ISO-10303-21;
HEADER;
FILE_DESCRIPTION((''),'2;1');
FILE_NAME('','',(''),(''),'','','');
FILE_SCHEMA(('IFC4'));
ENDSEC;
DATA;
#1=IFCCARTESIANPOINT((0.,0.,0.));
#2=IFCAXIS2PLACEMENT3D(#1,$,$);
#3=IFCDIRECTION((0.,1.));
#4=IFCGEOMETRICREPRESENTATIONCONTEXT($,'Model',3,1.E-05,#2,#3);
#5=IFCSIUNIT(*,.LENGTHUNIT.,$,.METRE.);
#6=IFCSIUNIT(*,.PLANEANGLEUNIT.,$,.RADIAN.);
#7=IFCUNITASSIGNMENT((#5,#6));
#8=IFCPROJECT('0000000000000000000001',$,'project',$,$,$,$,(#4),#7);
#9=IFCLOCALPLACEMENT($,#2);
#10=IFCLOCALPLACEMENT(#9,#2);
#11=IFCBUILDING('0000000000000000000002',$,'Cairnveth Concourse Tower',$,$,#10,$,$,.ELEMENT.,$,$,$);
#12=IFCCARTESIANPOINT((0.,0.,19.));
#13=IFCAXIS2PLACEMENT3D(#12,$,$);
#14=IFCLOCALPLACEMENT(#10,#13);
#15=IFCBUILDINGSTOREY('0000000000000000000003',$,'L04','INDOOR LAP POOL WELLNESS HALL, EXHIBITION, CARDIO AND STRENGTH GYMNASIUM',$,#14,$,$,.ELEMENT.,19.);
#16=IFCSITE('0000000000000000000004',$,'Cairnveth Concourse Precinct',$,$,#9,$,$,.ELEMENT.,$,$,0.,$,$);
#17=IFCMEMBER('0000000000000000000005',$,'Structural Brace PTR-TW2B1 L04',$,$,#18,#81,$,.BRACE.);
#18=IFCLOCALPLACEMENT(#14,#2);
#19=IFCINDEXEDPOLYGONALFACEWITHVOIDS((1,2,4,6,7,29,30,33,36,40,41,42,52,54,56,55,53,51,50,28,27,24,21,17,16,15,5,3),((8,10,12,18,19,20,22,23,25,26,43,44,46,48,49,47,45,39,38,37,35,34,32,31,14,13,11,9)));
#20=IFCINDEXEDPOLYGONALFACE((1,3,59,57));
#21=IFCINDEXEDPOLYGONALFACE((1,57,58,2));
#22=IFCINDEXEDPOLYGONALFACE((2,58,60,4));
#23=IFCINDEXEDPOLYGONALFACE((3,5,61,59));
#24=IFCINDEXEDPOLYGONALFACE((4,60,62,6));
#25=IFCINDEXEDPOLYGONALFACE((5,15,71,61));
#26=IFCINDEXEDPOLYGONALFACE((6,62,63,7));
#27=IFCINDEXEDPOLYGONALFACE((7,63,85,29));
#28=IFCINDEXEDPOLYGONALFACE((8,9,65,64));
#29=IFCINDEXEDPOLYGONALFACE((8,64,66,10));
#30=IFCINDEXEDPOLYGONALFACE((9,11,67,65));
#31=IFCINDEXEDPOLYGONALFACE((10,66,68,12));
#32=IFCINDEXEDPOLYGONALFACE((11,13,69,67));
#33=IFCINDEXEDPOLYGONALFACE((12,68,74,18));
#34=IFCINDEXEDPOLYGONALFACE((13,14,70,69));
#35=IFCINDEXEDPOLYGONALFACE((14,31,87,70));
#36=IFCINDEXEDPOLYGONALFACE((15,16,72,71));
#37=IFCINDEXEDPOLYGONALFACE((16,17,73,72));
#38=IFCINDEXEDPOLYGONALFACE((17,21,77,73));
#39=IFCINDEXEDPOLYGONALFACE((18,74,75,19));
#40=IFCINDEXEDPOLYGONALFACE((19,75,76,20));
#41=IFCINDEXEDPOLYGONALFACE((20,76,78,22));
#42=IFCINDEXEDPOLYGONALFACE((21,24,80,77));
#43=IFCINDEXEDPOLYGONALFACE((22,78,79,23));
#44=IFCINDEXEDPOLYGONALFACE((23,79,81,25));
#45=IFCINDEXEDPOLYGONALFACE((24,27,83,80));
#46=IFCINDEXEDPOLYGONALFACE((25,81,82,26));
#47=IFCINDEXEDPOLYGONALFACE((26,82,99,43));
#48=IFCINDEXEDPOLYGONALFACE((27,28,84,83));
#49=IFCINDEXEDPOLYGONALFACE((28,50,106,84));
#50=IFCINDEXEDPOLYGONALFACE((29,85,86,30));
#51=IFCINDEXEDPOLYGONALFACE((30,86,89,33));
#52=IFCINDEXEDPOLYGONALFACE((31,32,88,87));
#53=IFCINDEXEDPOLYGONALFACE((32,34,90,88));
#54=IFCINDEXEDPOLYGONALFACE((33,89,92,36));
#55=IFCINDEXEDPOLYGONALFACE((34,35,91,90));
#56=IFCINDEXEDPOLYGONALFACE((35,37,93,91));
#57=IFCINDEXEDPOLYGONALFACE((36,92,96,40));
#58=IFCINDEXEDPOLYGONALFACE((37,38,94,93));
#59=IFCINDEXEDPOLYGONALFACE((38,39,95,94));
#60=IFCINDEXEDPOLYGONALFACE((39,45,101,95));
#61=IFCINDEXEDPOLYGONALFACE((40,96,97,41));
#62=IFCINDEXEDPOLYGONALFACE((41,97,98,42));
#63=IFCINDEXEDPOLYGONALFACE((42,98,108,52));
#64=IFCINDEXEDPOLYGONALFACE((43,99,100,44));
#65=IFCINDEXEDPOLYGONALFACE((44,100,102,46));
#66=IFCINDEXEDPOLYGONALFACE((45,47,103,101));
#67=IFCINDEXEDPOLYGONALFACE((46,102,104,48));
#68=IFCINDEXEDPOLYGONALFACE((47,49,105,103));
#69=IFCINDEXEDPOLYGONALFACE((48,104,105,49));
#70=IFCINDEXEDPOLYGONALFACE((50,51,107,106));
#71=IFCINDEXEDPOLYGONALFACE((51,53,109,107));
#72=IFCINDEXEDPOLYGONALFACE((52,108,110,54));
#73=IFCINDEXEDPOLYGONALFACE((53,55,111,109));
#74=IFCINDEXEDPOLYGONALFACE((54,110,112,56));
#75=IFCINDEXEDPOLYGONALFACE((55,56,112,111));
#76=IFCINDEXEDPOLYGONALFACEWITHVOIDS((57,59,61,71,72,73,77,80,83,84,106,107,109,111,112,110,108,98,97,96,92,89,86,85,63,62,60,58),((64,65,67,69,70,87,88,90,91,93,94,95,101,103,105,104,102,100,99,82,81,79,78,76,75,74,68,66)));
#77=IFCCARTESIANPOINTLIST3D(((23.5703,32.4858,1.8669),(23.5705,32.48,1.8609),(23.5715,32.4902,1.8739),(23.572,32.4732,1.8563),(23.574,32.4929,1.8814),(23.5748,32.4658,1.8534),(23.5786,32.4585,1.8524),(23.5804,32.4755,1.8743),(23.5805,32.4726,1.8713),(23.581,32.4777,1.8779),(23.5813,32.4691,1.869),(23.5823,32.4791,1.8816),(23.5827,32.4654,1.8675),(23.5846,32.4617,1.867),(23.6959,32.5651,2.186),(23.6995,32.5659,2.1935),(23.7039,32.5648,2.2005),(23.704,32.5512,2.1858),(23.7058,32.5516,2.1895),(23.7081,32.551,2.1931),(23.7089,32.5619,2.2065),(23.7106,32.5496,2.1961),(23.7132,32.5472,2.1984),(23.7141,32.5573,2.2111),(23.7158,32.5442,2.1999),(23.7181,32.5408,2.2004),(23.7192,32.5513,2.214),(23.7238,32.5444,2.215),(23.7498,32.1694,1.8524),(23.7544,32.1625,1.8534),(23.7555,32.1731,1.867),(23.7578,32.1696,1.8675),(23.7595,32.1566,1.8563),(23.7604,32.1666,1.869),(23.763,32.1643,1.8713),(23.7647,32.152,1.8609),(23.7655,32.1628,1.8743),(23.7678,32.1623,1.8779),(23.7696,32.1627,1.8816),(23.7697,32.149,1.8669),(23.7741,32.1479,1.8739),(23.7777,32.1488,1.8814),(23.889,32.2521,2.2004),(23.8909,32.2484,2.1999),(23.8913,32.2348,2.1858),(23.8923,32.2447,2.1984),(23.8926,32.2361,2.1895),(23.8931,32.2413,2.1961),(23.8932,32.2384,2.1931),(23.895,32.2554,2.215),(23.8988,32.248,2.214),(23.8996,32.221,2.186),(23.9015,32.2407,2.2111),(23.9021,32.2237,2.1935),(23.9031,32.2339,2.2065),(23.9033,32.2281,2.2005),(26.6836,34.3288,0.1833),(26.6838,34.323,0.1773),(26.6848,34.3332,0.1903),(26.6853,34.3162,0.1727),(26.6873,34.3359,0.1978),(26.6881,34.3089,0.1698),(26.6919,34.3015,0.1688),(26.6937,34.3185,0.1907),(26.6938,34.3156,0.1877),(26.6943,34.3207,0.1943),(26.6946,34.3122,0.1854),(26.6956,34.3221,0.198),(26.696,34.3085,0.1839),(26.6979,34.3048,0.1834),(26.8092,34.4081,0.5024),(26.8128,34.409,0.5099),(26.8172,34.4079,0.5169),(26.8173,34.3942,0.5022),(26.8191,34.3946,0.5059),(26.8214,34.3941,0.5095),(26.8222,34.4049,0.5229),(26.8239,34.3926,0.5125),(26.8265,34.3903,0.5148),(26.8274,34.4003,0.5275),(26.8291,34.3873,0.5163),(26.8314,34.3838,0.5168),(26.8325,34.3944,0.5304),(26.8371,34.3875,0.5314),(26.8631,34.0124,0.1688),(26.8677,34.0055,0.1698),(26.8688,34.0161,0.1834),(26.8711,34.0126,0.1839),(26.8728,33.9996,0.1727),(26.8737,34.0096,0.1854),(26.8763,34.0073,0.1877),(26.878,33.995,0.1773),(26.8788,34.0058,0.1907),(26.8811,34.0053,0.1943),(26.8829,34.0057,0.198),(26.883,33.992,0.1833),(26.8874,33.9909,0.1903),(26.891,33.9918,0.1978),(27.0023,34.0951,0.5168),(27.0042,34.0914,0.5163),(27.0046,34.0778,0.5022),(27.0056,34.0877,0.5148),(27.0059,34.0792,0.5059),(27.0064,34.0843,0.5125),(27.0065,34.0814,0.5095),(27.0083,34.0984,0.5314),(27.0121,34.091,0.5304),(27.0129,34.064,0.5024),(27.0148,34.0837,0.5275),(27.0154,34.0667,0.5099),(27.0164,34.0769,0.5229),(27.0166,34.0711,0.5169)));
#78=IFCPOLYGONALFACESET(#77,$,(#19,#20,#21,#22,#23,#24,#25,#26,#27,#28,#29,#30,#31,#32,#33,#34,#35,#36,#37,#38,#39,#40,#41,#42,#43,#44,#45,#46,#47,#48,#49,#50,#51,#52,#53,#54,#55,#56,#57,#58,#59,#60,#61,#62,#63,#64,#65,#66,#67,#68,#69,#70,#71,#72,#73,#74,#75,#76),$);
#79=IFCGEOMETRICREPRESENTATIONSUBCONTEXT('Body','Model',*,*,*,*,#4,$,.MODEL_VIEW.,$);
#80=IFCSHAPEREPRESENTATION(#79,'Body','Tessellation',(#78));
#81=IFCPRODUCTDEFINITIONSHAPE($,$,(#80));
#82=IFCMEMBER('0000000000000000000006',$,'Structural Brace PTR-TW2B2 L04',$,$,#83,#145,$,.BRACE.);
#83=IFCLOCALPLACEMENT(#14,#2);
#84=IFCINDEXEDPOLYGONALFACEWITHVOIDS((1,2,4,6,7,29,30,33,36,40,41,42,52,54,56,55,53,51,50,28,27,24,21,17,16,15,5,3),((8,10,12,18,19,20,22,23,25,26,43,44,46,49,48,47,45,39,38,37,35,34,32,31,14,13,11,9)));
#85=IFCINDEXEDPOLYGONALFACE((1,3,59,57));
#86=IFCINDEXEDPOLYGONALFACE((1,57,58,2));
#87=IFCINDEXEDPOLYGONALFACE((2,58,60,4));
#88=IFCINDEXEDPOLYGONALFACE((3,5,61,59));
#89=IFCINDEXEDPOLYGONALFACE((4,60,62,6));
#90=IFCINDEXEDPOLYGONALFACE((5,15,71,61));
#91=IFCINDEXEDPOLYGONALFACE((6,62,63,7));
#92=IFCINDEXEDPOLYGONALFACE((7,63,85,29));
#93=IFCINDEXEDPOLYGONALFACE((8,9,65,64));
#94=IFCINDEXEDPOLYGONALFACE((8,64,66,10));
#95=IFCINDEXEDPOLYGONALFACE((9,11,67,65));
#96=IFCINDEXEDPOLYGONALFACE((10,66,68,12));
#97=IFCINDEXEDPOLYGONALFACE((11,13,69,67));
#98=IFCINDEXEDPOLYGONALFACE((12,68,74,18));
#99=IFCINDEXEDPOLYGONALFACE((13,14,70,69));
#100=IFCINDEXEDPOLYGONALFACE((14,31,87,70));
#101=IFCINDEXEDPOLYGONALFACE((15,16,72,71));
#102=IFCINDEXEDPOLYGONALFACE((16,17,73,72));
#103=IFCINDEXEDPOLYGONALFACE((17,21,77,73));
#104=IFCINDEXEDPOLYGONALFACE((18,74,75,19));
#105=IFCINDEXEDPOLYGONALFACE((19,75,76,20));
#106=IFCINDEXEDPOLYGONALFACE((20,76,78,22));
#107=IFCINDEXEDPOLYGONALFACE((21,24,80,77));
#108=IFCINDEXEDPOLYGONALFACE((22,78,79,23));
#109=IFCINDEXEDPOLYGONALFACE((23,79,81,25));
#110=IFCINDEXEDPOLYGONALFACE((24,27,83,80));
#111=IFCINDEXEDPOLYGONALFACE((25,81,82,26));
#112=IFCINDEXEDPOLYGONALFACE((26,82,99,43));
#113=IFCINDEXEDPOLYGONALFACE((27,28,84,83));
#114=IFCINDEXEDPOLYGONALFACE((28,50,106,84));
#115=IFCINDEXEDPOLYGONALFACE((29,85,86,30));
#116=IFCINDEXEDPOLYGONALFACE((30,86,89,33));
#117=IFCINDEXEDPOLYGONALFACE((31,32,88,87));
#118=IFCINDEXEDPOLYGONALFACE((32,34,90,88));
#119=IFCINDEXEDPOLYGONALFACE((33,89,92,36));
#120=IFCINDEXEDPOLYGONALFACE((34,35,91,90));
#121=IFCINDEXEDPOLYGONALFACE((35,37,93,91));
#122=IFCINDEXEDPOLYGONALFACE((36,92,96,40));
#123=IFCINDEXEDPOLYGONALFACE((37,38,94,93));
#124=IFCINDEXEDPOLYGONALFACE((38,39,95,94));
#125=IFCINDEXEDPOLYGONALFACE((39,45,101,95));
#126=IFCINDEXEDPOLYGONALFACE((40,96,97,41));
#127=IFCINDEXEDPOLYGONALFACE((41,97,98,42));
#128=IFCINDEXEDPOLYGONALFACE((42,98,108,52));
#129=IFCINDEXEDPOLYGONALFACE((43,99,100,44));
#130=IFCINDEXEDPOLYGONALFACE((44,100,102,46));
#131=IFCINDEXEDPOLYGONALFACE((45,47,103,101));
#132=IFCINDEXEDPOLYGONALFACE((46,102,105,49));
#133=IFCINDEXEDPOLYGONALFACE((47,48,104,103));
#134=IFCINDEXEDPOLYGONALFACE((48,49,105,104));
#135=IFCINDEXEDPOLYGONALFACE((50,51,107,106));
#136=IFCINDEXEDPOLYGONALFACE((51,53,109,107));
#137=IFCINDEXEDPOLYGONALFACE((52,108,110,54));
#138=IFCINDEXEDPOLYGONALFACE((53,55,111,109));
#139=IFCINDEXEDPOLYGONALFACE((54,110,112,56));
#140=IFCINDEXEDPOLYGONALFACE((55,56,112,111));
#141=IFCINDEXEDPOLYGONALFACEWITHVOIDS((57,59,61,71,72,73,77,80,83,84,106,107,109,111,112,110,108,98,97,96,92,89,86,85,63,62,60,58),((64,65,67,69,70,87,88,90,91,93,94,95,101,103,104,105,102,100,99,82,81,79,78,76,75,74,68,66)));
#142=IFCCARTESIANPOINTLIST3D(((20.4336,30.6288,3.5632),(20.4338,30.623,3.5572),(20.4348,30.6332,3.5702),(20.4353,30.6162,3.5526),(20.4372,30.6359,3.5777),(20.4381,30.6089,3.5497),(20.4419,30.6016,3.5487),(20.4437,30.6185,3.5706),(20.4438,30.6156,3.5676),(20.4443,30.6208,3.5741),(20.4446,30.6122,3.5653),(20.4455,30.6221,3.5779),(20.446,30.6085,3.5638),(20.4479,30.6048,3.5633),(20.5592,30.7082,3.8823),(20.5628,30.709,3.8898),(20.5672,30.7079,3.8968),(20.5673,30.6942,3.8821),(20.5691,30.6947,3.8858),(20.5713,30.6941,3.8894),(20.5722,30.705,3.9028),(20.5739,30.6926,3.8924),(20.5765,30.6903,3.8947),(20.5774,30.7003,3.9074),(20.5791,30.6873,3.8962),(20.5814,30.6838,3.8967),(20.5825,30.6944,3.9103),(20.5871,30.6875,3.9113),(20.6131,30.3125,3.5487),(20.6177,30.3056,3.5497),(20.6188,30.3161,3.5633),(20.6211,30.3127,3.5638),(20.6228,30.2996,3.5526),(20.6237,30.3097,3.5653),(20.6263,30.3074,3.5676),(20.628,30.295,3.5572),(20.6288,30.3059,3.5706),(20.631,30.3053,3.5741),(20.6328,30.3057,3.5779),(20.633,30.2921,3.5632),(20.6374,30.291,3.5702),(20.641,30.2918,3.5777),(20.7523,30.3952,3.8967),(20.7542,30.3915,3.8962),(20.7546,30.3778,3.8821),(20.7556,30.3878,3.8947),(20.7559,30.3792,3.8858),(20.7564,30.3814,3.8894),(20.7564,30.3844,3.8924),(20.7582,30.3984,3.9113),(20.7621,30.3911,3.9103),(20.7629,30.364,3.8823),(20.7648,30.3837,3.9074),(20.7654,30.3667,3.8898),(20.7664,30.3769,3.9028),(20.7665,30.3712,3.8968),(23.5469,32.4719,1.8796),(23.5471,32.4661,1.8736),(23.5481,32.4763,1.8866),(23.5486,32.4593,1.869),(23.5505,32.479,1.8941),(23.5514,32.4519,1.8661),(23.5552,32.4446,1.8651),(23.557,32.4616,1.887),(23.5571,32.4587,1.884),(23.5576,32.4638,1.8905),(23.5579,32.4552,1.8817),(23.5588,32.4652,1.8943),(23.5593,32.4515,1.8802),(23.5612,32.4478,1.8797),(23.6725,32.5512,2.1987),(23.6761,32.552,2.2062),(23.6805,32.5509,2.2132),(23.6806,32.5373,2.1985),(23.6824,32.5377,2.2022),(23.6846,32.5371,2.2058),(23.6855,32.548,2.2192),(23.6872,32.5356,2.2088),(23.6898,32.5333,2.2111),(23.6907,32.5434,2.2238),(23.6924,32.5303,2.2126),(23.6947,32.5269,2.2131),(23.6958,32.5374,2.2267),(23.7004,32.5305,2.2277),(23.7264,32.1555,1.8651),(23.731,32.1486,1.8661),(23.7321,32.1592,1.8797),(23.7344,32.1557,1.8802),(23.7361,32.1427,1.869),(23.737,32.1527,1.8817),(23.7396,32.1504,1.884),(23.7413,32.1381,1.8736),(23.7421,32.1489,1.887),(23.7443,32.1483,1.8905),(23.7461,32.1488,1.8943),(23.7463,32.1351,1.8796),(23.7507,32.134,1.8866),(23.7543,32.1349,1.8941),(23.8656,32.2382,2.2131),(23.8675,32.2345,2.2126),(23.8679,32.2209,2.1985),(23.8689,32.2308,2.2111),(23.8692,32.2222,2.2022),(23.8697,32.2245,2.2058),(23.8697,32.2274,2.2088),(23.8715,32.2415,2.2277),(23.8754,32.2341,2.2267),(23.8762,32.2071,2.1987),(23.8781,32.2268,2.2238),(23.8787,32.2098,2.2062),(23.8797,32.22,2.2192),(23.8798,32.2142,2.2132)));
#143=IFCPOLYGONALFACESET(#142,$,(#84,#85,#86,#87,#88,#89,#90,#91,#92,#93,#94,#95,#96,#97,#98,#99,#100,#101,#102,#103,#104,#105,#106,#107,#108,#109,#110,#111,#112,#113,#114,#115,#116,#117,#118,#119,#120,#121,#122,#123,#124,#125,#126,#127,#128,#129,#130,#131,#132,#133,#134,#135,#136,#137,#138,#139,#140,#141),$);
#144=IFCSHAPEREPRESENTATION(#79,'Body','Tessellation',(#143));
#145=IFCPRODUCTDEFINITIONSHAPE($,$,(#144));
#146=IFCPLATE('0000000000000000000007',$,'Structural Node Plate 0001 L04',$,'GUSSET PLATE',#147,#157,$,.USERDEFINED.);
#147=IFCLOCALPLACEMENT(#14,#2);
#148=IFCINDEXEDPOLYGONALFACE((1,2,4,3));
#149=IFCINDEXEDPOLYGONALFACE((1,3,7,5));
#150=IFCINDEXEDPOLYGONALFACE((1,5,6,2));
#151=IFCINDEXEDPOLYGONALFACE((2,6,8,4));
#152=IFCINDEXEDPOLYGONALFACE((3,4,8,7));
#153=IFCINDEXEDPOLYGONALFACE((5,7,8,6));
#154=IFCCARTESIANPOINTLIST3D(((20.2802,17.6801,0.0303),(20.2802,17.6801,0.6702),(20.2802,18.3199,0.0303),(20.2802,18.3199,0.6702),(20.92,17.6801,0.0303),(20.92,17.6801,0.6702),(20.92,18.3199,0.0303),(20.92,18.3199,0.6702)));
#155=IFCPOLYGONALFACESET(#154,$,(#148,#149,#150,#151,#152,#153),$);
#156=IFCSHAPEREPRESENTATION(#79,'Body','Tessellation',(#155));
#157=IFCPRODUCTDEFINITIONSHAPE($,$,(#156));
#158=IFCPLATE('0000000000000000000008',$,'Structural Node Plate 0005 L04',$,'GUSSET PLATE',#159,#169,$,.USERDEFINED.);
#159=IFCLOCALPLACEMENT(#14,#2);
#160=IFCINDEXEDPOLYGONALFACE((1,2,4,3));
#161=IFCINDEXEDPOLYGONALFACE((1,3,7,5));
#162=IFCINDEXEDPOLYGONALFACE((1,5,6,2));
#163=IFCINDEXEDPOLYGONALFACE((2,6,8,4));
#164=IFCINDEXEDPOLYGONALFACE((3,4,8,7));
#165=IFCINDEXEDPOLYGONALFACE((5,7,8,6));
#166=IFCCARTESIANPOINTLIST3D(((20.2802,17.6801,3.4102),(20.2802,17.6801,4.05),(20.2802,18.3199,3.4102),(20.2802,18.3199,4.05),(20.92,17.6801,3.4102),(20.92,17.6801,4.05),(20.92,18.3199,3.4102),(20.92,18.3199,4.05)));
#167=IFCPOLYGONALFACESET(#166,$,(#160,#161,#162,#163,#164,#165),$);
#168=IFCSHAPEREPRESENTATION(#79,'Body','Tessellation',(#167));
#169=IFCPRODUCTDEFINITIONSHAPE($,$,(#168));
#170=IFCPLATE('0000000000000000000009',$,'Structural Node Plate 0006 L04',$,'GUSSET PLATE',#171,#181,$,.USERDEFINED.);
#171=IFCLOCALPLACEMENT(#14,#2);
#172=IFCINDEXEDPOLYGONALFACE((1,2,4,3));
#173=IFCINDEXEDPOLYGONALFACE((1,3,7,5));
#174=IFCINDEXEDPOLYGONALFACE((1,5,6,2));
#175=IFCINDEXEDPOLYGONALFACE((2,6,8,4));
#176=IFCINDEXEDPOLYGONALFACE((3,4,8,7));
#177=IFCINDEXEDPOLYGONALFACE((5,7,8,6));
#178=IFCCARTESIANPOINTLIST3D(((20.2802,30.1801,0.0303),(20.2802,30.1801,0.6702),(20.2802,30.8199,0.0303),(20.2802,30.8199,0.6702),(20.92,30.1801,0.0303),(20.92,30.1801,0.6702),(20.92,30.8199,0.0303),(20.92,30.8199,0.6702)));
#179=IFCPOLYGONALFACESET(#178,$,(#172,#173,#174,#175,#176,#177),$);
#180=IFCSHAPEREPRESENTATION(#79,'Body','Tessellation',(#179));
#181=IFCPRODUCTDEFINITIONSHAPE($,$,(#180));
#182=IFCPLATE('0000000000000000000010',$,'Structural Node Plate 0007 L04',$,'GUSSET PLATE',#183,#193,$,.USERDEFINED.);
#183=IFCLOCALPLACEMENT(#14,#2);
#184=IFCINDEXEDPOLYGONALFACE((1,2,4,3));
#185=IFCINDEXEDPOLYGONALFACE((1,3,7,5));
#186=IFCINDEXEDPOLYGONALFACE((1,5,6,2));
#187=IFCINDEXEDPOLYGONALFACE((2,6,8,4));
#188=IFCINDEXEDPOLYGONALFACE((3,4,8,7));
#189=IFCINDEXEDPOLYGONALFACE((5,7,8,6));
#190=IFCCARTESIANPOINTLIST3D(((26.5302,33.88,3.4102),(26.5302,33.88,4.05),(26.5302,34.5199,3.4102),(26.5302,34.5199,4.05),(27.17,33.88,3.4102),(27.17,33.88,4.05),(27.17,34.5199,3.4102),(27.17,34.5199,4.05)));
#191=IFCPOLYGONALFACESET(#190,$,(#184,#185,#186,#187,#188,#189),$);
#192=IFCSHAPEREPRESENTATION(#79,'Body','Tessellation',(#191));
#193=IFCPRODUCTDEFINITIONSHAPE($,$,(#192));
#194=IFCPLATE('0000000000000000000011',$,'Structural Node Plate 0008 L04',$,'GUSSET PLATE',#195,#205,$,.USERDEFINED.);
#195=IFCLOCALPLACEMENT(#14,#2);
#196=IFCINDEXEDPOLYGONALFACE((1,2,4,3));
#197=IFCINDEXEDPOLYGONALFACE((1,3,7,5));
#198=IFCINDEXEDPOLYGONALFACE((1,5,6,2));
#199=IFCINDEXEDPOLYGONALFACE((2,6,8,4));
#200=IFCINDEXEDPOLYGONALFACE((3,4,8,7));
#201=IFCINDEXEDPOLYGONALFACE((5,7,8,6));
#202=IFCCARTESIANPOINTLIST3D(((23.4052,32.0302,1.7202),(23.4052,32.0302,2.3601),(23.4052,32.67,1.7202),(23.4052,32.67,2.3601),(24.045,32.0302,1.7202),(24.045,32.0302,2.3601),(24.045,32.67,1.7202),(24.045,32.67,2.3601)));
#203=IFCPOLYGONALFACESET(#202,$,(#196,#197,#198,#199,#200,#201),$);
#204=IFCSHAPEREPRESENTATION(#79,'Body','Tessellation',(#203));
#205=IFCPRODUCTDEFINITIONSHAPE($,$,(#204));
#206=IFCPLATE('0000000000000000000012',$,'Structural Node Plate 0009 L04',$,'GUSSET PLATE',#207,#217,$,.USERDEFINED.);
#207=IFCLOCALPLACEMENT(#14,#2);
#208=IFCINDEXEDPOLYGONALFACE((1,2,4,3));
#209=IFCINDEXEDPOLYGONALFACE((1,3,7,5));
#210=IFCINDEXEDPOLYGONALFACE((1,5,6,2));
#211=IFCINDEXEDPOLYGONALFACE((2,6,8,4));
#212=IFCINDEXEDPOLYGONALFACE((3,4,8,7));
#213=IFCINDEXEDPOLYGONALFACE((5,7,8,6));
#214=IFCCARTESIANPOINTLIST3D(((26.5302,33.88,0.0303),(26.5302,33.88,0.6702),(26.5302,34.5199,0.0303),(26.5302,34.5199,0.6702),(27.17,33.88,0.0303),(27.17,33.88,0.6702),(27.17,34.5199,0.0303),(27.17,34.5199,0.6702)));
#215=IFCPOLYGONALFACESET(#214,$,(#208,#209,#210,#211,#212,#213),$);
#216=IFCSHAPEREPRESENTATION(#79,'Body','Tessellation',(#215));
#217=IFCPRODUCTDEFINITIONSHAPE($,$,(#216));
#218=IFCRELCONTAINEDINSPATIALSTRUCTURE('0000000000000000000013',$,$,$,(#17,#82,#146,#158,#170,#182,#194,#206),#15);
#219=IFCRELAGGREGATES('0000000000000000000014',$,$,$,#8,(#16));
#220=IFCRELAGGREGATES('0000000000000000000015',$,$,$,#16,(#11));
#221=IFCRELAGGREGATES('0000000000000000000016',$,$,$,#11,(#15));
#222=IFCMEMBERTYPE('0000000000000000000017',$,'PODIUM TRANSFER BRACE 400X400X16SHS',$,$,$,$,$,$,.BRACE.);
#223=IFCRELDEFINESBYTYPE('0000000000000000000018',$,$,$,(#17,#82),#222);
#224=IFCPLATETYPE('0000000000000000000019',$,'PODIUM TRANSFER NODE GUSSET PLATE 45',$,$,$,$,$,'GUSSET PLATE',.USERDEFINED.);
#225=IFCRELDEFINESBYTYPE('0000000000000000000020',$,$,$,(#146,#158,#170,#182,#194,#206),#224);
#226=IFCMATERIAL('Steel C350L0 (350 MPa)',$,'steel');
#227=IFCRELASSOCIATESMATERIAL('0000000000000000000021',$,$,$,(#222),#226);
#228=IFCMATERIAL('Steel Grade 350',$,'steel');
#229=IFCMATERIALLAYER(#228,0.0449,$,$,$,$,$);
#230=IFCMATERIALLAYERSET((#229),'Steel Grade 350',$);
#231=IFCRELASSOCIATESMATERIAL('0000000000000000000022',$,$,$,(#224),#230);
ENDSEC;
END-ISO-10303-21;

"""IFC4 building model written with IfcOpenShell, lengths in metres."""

from ifc_helpers import new_model, si_unit, direction, frame, origin, origin_2d, place, context, subcontext, project, spatial, rectangle, hollow_rectangle, extrude, material, layer, layer_set, material_profile, profile_set, type_object, element, save


model = new_model("IFC4")

# Units and contexts
model_context = context("Model", 3, precision=1e-05, world=origin(), true_north=direction((0.0, 1.0)))
body_context = subcontext(model_context, "Body", "Model", "MODEL_VIEW")
ifc_project = project(units=[si_unit("LENGTHUNIT", "METRE"), si_unit("PLANEANGLEUNIT", "RADIAN")], contexts=[model_context])

# Site, building, storey
site_placement = place(None, origin())
site = spatial("IfcSite", under=ifc_project, at=site_placement, Name="Cairnveth Concourse Precinct", CompositionType="ELEMENT", RefElevation=0.0)
building_placement = place(site_placement, origin())
building = spatial("IfcBuilding", under=site, at=building_placement, Name="Cairnveth Concourse Tower", CompositionType="ELEMENT")
storey_placement = place(building_placement, frame((0.0, 0.0, 19.0)))
storey = spatial("IfcBuildingStorey", under=building, at=storey_placement, Name="L04", Description="INDOOR LAP POOL WELLNESS HALL, EXHIBITION, CARDIO AND STRENGTH GYMNASIUM", CompositionType="ELEMENT", Elevation=19.0)

# Shared definitions
ifc_material_1 = material(Name="Steel Grade 350", Category="steel")

# Members
ifc_material_2 = material(Name="Steel C350L0 (350 MPa)", Category="steel")
ifc_material_profile_1 = material_profile(ifc_material_2, hollow_rectangle(XDim=0.3999, YDim=0.3999, WallThickness=0.0161, InnerFilletRadius=0.0161, OuterFilletRadius=0.032, at=origin_2d()), Name="400x400x16.0SHS")
ifc_profile_set_1 = profile_set([ifc_material_profile_1], Name="Steel C350L0 (350 MPa)")
member_type = type_object("IfcMemberType", Name="PODIUM TRANSFER BRACE 400X400X16SHS", PredefinedType="BRACE", material=ifc_profile_set_1)
for number, where, z_axis, x_axis, name in (
    (1, (26.8501, 34.2, 0.3501), (-0.780182, -0.461857, 0.421905), (0.509416, -0.860521, 0.0), "Structural Brace PTR-TW2B1 L04"),
    (2, (23.7134, 32.343, 2.0464), (-0.780182, -0.461857, 0.421905), (0.509416, -0.860521, 0.0), "Structural Brace PTR-TW2B2 L04"),
):
    element("IfcMember", number, at=place(storey_placement, frame(where, z_axis=z_axis, x_axis=x_axis)), inside=storey, type_object=member_type, Name=name, PredefinedType="BRACE", context=body_context, shape_type="SweptSolid", body=[
        extrude(hollow_rectangle(XDim=0.3999, YDim=0.3999, WallThickness=0.0161, InnerFilletRadius=0.0161, OuterFilletRadius=0.032, at=origin_2d()), origin(), (0.0, 0.0, 1.0), 3.9905),
    ])

# Plates
ifc_layer_1 = layer(ifc_material_1, 0.0449)
ifc_layer_set_1 = layer_set([ifc_layer_1], Name="Steel Grade 350")
plate_type = type_object("IfcPlateType", Name="PODIUM TRANSFER NODE GUSSET PLATE 45", ElementType="GUSSET PLATE", PredefinedType="USERDEFINED", material=ifc_layer_set_1)
for number, where, z_axis, x_axis, name in (
    (3, (20.6001, 18.0, 0.0303), (0.0, 0.0, 1.0), (1.0, 0.0, 0.0), "Structural Node Plate 0001 L04"),
    (4, (20.6001, 18.0, 3.4102), (0.0, 0.0, 1.0), (1.0, 0.0, 0.0), "Structural Node Plate 0005 L04"),
    (5, (20.6001, 30.5, 0.0303), (0.0, 0.0, 1.0), (1.0, 0.0, 0.0), "Structural Node Plate 0006 L04"),
    (6, (26.8501, 34.2, 3.4102), (0.0, 0.0, 1.0), (1.0, 0.0, 0.0), "Structural Node Plate 0007 L04"),
    (7, (23.7251, 32.3501, 1.7202), (0.0, 0.0, 1.0), (1.0, 0.0, 0.0), "Structural Node Plate 0008 L04"),
    (8, (26.8501, 34.2, 0.0303), (0.0, 0.0, 1.0), (1.0, 0.0, 0.0), "Structural Node Plate 0009 L04"),
):
    element("IfcPlate", number, at=place(storey_placement, frame(where, z_axis=z_axis, x_axis=x_axis)), inside=storey, type_object=plate_type, Name=name, ObjectType="GUSSET PLATE", PredefinedType="USERDEFINED", context=body_context, shape_type="SweptSolid", body=[
        extrude(rectangle(XDim=0.6399, YDim=0.6399, at=origin_2d()), origin(), (0.0, 0.0, 1.0), 0.6399),
    ])

save(model, "model.ifc")
